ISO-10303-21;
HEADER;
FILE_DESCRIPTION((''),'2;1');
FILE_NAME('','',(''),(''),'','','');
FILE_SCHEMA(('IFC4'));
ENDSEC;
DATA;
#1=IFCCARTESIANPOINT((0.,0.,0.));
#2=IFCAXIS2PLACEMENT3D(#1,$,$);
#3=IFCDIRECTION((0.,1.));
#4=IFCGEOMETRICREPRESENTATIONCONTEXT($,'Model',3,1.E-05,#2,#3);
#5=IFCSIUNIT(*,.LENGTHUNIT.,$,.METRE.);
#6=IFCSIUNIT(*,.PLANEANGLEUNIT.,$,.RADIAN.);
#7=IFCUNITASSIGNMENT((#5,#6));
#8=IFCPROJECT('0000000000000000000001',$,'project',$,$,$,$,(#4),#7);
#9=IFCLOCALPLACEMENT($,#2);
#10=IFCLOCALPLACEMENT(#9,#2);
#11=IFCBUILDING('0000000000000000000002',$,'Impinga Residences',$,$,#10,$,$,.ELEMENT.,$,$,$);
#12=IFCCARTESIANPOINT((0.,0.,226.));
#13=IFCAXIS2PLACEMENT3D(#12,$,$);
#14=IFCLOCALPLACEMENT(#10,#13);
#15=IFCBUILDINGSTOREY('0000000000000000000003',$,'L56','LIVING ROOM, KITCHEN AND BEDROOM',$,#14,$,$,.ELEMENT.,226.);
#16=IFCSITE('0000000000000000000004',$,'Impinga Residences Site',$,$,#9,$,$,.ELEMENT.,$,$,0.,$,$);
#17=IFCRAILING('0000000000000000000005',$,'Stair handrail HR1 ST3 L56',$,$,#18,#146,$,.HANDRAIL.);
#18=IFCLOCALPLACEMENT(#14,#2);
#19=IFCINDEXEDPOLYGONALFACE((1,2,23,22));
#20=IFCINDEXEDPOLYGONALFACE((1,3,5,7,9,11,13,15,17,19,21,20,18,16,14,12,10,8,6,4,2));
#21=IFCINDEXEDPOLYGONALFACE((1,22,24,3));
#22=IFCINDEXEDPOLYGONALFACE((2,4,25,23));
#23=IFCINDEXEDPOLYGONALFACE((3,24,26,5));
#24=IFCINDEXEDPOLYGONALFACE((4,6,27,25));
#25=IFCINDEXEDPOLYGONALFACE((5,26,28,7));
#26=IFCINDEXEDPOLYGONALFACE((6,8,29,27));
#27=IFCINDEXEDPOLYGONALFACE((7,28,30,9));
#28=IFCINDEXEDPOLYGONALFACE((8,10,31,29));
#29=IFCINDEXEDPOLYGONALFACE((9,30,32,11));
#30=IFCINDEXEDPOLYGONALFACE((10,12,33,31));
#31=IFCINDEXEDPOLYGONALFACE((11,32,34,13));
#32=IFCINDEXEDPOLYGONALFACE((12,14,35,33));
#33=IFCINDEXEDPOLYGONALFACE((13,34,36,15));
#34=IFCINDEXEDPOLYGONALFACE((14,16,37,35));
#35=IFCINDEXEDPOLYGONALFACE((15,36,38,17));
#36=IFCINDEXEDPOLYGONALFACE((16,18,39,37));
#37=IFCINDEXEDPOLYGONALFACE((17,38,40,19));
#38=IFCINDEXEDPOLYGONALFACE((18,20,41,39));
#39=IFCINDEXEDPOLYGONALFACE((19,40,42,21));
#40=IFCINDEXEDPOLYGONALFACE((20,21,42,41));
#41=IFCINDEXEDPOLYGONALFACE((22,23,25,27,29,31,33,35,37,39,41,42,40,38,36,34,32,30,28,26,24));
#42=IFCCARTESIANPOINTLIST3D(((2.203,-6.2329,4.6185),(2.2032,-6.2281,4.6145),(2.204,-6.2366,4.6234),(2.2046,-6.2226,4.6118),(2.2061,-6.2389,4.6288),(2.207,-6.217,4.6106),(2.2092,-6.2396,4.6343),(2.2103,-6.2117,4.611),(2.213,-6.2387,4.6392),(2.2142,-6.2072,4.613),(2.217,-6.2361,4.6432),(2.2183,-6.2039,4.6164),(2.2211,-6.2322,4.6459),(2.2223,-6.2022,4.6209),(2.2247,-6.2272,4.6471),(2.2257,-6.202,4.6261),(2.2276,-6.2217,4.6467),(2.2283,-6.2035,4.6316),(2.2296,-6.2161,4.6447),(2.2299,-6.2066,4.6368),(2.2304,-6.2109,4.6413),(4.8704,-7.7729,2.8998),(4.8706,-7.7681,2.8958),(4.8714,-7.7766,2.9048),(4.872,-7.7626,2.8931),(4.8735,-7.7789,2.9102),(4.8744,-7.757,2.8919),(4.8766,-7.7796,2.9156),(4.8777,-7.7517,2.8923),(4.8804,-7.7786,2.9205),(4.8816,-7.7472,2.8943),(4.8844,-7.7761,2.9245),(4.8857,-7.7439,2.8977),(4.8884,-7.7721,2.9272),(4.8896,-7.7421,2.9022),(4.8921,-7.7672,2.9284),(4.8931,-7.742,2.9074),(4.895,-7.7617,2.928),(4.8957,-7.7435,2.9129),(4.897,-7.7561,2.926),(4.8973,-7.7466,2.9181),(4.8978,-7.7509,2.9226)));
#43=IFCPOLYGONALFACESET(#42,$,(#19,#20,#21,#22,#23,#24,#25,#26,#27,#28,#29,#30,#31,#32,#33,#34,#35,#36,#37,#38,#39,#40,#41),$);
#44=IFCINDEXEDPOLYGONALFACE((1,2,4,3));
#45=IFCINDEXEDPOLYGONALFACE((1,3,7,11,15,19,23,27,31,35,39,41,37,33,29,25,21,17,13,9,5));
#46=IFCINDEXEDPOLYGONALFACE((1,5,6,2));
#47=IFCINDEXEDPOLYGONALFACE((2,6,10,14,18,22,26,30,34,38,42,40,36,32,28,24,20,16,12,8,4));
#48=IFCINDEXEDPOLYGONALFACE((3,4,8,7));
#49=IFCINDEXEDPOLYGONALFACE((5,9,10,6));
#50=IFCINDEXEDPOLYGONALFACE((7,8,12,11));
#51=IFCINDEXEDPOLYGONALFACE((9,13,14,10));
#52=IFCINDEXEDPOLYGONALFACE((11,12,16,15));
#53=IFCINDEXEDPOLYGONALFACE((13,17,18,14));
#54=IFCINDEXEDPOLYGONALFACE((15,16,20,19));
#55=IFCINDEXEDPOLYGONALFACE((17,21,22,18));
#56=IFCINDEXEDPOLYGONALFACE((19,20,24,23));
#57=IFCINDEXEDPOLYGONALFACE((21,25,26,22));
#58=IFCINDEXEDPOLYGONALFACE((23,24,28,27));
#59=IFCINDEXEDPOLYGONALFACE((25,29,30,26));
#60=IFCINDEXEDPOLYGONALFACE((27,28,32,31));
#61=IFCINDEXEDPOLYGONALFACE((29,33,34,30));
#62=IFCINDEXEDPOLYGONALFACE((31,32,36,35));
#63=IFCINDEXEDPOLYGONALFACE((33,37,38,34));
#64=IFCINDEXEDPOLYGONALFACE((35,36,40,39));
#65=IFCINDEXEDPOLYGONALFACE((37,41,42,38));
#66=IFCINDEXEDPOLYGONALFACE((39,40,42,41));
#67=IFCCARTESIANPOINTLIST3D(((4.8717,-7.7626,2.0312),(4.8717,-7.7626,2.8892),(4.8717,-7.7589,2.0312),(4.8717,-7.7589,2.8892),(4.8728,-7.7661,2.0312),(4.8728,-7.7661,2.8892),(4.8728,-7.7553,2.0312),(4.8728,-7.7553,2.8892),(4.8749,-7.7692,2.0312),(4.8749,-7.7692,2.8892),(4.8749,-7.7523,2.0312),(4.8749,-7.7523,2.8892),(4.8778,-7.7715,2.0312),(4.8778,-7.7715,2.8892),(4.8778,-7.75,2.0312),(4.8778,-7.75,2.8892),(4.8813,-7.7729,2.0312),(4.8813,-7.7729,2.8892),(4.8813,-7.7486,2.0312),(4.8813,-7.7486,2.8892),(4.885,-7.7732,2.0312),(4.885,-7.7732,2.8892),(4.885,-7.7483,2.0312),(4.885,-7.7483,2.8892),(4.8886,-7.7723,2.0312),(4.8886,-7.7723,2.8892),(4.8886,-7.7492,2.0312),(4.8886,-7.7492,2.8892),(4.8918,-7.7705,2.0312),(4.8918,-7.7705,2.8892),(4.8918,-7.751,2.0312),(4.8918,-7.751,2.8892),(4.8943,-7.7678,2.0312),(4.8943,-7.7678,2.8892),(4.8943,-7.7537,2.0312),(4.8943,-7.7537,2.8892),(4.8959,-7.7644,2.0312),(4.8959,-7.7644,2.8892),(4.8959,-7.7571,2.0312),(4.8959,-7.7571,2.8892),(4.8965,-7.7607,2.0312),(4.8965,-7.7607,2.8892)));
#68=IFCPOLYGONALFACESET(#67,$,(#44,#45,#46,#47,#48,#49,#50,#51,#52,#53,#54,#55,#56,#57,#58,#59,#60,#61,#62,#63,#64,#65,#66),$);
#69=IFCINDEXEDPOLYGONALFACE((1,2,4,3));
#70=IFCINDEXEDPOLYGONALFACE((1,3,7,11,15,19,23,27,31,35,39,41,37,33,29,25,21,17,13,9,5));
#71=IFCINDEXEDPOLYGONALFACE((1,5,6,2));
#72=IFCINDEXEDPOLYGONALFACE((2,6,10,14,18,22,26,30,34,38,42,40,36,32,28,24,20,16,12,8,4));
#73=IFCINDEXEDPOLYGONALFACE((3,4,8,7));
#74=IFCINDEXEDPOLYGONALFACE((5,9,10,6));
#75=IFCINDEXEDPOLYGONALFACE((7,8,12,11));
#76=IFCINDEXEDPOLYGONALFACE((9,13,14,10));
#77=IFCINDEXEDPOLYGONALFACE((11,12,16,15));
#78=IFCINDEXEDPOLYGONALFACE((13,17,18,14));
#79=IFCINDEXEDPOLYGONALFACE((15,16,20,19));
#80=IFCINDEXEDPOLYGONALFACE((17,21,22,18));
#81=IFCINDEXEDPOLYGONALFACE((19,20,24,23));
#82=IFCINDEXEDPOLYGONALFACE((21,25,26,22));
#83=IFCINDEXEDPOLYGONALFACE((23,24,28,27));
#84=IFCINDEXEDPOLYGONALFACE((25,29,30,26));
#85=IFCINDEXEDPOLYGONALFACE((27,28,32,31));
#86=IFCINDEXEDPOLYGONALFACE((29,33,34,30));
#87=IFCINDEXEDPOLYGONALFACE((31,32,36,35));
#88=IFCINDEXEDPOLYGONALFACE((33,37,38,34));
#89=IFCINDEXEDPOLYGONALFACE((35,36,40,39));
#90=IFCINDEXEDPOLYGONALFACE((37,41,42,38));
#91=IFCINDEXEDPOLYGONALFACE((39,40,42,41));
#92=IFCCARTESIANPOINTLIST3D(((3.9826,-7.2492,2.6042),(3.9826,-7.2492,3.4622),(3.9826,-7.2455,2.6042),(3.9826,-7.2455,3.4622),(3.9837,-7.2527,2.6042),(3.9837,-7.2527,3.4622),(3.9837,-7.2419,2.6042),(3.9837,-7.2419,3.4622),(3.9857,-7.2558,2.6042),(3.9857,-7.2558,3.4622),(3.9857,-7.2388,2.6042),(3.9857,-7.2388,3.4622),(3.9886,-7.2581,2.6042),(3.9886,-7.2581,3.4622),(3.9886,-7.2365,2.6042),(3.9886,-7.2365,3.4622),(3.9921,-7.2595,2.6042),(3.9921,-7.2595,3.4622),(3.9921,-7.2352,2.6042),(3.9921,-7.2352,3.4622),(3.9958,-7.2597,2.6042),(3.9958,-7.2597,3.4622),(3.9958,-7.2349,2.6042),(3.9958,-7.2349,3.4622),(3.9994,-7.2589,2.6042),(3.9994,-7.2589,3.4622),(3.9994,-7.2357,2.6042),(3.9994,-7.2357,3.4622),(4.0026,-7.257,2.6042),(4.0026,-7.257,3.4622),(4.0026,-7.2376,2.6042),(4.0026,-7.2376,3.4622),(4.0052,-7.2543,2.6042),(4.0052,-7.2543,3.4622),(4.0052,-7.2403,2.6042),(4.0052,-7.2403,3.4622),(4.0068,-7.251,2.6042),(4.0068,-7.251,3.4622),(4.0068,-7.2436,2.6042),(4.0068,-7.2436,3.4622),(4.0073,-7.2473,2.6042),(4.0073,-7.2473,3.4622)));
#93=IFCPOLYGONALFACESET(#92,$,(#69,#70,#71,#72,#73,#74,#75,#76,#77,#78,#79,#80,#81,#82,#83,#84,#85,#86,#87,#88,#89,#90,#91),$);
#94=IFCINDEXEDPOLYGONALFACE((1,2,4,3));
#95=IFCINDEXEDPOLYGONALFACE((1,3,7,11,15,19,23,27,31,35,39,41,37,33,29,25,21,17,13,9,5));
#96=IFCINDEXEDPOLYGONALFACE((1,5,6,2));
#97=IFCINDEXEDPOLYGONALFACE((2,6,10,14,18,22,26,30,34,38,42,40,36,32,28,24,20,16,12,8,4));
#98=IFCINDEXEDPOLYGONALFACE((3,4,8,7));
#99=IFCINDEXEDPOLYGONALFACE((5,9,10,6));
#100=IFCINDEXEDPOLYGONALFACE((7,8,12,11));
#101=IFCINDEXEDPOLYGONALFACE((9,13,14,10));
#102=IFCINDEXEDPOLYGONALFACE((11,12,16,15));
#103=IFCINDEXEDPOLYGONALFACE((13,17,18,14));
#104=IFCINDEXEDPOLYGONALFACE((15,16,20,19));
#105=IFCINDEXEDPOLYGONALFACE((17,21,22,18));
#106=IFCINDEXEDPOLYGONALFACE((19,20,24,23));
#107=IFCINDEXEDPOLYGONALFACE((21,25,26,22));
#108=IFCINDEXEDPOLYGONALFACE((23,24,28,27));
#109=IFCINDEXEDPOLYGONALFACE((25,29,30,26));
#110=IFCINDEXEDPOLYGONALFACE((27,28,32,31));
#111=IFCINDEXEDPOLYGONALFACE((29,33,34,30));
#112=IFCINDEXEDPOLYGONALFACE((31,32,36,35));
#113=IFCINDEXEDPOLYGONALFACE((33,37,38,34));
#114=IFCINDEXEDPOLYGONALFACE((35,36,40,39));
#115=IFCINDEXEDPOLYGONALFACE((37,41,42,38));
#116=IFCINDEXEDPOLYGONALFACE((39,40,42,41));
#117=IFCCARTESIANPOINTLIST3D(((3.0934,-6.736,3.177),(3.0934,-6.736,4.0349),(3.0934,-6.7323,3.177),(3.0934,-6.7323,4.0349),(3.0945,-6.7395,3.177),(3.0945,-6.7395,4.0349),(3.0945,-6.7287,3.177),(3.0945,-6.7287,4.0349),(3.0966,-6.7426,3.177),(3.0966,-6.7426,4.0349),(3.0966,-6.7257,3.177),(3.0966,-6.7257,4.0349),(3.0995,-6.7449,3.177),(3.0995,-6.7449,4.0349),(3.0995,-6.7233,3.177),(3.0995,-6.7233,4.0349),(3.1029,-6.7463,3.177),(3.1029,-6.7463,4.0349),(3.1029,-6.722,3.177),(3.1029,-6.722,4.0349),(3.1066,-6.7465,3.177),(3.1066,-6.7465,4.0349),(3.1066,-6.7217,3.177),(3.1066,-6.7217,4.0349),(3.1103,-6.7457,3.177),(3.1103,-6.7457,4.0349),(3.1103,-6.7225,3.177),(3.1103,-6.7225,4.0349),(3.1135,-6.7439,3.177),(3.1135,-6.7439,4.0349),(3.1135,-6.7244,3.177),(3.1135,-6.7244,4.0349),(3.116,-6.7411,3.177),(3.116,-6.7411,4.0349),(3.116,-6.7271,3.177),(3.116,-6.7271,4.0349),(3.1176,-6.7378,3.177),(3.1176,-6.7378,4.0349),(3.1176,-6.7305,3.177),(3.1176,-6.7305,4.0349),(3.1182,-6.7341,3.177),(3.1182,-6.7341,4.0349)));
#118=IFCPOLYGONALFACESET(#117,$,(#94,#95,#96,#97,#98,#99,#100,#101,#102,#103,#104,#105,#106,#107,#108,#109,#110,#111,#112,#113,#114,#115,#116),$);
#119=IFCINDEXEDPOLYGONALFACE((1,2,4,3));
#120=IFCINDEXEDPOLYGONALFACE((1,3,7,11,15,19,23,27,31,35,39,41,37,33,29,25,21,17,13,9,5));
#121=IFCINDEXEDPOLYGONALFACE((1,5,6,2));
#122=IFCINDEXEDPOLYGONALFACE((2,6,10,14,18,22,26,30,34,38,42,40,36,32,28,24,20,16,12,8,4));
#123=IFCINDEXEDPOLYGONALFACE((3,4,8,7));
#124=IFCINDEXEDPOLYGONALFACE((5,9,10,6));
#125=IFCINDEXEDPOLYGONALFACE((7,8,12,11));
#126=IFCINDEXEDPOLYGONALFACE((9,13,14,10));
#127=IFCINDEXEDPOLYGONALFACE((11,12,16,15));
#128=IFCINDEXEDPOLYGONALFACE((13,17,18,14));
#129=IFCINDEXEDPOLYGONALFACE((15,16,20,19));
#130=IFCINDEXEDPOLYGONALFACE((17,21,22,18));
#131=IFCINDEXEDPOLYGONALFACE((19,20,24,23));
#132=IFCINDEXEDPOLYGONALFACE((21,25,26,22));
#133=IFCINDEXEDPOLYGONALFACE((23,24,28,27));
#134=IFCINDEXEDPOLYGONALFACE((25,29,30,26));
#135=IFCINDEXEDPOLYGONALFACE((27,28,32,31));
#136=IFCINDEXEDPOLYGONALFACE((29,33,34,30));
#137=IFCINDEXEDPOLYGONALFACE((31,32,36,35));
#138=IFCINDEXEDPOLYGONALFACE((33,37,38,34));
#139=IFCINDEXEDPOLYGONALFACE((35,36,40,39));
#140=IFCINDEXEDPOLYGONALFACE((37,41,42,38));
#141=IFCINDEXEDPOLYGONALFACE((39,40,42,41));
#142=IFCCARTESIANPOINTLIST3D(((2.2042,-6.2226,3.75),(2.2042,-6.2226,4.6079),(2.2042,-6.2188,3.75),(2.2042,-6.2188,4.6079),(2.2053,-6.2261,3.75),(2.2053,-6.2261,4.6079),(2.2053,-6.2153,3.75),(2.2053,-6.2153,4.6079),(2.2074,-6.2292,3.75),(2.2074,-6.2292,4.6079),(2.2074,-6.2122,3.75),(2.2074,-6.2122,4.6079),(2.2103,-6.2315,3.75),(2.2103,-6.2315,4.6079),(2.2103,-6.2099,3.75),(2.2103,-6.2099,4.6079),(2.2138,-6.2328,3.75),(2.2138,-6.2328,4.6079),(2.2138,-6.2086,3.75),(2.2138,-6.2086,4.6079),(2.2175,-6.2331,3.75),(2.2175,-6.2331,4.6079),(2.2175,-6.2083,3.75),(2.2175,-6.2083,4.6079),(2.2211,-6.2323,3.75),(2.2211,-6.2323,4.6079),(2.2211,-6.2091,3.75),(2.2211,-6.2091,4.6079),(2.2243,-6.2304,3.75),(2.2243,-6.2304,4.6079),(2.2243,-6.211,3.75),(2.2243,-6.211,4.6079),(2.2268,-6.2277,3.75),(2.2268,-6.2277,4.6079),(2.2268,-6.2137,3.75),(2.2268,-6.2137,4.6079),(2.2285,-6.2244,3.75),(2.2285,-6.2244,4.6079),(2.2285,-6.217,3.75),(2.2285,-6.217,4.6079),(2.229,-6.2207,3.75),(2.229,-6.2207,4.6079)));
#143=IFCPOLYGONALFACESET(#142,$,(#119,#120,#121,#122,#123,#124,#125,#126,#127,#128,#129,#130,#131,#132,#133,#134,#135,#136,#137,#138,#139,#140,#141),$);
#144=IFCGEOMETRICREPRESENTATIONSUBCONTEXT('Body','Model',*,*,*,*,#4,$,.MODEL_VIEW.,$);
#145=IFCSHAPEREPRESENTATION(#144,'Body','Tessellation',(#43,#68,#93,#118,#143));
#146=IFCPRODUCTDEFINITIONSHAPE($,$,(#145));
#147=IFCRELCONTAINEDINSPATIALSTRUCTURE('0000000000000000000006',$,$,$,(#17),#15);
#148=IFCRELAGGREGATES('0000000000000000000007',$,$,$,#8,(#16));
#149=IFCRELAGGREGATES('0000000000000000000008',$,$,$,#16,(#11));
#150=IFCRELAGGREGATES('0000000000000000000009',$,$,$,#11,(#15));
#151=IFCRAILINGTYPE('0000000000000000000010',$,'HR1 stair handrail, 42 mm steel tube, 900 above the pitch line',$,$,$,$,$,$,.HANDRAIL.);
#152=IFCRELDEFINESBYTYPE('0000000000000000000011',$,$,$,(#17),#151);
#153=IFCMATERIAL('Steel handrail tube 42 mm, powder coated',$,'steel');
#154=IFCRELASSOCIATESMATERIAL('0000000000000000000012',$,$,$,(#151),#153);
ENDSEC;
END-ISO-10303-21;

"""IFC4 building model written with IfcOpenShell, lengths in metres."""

from ifc_helpers import new_model, si_unit, direction, frame, origin, origin_2d, place, context, subcontext, project, spatial, circle, extrude, material, type_object, element, save


model = new_model("IFC4")

# Units and contexts
model_context = context("Model", 3, precision=1e-05, world=origin(), true_north=direction((0.0, 1.0)))
body_context = subcontext(model_context, "Body", "Model", "MODEL_VIEW")
ifc_project = project(units=[si_unit("LENGTHUNIT", "METRE"), si_unit("PLANEANGLEUNIT", "RADIAN")], contexts=[model_context])

# Site, building, storey
site_placement = place(None, origin())
site = spatial("IfcSite", under=ifc_project, at=site_placement, Name="Impinga Residences Site", CompositionType="ELEMENT", RefElevation=0.0)
building_placement = place(site_placement, origin())
building = spatial("IfcBuilding", under=site, at=building_placement, Name="Impinga Residences", CompositionType="ELEMENT")
storey_placement = place(building_placement, frame((0.0, 0.0, 226.0)))
storey = spatial("IfcBuildingStorey", under=building, at=storey_placement, Name="L56", Description="LIVING ROOM, KITCHEN AND BEDROOM", CompositionType="ELEMENT", Elevation=226.0)

# Railing
ifc_material_1 = material(Name="Steel handrail tube 42 mm, powder coated", Category="steel")
railing_type_1 = type_object("IfcRailingType", Name="HR1 stair handrail, 42 mm steel tube, 900 above the pitch line", PredefinedType="HANDRAIL", material=ifc_material_1)
railing_1_placement = place(storey_placement, frame((4.884, -7.7607, 2.0312)))
element("IfcRailing", 1, at=railing_1_placement, inside=storey, type_object=railing_type_1, Name="Stair handrail HR1 ST3 L56", PredefinedType="HANDRAIL", context=body_context, shape_type="SweptSolid", body=[
    extrude(circle(Radius=0.021, at=origin_2d()), frame((0.0, 0.0, 0.8789), z_axis=(-0.756256, 0.436616, 0.487282), x_axis=(-0.499992, -0.86603, 0.0)), (0.0, 0.0, 1.0), 3.5271),
    extrude(circle(Radius=0.0125, at=origin_2d()), origin(), (0.0, 0.0, 1.0), 0.8579),
    extrude(circle(Radius=0.0125, at=origin_2d()), frame((-0.8892, 0.5134, 0.573)), (0.0, 0.0, 1.0), 0.8579),
    extrude(circle(Radius=0.0125, at=origin_2d()), frame((-1.7783, 1.0266, 1.1458)), (0.0, 0.0, 1.0), 0.8579),
    extrude(circle(Radius=0.0125, at=origin_2d()), frame((-2.6675, 1.54, 1.7188)), (0.0, 0.0, 1.0), 0.8579),
])

save(model, "model.ifc")
